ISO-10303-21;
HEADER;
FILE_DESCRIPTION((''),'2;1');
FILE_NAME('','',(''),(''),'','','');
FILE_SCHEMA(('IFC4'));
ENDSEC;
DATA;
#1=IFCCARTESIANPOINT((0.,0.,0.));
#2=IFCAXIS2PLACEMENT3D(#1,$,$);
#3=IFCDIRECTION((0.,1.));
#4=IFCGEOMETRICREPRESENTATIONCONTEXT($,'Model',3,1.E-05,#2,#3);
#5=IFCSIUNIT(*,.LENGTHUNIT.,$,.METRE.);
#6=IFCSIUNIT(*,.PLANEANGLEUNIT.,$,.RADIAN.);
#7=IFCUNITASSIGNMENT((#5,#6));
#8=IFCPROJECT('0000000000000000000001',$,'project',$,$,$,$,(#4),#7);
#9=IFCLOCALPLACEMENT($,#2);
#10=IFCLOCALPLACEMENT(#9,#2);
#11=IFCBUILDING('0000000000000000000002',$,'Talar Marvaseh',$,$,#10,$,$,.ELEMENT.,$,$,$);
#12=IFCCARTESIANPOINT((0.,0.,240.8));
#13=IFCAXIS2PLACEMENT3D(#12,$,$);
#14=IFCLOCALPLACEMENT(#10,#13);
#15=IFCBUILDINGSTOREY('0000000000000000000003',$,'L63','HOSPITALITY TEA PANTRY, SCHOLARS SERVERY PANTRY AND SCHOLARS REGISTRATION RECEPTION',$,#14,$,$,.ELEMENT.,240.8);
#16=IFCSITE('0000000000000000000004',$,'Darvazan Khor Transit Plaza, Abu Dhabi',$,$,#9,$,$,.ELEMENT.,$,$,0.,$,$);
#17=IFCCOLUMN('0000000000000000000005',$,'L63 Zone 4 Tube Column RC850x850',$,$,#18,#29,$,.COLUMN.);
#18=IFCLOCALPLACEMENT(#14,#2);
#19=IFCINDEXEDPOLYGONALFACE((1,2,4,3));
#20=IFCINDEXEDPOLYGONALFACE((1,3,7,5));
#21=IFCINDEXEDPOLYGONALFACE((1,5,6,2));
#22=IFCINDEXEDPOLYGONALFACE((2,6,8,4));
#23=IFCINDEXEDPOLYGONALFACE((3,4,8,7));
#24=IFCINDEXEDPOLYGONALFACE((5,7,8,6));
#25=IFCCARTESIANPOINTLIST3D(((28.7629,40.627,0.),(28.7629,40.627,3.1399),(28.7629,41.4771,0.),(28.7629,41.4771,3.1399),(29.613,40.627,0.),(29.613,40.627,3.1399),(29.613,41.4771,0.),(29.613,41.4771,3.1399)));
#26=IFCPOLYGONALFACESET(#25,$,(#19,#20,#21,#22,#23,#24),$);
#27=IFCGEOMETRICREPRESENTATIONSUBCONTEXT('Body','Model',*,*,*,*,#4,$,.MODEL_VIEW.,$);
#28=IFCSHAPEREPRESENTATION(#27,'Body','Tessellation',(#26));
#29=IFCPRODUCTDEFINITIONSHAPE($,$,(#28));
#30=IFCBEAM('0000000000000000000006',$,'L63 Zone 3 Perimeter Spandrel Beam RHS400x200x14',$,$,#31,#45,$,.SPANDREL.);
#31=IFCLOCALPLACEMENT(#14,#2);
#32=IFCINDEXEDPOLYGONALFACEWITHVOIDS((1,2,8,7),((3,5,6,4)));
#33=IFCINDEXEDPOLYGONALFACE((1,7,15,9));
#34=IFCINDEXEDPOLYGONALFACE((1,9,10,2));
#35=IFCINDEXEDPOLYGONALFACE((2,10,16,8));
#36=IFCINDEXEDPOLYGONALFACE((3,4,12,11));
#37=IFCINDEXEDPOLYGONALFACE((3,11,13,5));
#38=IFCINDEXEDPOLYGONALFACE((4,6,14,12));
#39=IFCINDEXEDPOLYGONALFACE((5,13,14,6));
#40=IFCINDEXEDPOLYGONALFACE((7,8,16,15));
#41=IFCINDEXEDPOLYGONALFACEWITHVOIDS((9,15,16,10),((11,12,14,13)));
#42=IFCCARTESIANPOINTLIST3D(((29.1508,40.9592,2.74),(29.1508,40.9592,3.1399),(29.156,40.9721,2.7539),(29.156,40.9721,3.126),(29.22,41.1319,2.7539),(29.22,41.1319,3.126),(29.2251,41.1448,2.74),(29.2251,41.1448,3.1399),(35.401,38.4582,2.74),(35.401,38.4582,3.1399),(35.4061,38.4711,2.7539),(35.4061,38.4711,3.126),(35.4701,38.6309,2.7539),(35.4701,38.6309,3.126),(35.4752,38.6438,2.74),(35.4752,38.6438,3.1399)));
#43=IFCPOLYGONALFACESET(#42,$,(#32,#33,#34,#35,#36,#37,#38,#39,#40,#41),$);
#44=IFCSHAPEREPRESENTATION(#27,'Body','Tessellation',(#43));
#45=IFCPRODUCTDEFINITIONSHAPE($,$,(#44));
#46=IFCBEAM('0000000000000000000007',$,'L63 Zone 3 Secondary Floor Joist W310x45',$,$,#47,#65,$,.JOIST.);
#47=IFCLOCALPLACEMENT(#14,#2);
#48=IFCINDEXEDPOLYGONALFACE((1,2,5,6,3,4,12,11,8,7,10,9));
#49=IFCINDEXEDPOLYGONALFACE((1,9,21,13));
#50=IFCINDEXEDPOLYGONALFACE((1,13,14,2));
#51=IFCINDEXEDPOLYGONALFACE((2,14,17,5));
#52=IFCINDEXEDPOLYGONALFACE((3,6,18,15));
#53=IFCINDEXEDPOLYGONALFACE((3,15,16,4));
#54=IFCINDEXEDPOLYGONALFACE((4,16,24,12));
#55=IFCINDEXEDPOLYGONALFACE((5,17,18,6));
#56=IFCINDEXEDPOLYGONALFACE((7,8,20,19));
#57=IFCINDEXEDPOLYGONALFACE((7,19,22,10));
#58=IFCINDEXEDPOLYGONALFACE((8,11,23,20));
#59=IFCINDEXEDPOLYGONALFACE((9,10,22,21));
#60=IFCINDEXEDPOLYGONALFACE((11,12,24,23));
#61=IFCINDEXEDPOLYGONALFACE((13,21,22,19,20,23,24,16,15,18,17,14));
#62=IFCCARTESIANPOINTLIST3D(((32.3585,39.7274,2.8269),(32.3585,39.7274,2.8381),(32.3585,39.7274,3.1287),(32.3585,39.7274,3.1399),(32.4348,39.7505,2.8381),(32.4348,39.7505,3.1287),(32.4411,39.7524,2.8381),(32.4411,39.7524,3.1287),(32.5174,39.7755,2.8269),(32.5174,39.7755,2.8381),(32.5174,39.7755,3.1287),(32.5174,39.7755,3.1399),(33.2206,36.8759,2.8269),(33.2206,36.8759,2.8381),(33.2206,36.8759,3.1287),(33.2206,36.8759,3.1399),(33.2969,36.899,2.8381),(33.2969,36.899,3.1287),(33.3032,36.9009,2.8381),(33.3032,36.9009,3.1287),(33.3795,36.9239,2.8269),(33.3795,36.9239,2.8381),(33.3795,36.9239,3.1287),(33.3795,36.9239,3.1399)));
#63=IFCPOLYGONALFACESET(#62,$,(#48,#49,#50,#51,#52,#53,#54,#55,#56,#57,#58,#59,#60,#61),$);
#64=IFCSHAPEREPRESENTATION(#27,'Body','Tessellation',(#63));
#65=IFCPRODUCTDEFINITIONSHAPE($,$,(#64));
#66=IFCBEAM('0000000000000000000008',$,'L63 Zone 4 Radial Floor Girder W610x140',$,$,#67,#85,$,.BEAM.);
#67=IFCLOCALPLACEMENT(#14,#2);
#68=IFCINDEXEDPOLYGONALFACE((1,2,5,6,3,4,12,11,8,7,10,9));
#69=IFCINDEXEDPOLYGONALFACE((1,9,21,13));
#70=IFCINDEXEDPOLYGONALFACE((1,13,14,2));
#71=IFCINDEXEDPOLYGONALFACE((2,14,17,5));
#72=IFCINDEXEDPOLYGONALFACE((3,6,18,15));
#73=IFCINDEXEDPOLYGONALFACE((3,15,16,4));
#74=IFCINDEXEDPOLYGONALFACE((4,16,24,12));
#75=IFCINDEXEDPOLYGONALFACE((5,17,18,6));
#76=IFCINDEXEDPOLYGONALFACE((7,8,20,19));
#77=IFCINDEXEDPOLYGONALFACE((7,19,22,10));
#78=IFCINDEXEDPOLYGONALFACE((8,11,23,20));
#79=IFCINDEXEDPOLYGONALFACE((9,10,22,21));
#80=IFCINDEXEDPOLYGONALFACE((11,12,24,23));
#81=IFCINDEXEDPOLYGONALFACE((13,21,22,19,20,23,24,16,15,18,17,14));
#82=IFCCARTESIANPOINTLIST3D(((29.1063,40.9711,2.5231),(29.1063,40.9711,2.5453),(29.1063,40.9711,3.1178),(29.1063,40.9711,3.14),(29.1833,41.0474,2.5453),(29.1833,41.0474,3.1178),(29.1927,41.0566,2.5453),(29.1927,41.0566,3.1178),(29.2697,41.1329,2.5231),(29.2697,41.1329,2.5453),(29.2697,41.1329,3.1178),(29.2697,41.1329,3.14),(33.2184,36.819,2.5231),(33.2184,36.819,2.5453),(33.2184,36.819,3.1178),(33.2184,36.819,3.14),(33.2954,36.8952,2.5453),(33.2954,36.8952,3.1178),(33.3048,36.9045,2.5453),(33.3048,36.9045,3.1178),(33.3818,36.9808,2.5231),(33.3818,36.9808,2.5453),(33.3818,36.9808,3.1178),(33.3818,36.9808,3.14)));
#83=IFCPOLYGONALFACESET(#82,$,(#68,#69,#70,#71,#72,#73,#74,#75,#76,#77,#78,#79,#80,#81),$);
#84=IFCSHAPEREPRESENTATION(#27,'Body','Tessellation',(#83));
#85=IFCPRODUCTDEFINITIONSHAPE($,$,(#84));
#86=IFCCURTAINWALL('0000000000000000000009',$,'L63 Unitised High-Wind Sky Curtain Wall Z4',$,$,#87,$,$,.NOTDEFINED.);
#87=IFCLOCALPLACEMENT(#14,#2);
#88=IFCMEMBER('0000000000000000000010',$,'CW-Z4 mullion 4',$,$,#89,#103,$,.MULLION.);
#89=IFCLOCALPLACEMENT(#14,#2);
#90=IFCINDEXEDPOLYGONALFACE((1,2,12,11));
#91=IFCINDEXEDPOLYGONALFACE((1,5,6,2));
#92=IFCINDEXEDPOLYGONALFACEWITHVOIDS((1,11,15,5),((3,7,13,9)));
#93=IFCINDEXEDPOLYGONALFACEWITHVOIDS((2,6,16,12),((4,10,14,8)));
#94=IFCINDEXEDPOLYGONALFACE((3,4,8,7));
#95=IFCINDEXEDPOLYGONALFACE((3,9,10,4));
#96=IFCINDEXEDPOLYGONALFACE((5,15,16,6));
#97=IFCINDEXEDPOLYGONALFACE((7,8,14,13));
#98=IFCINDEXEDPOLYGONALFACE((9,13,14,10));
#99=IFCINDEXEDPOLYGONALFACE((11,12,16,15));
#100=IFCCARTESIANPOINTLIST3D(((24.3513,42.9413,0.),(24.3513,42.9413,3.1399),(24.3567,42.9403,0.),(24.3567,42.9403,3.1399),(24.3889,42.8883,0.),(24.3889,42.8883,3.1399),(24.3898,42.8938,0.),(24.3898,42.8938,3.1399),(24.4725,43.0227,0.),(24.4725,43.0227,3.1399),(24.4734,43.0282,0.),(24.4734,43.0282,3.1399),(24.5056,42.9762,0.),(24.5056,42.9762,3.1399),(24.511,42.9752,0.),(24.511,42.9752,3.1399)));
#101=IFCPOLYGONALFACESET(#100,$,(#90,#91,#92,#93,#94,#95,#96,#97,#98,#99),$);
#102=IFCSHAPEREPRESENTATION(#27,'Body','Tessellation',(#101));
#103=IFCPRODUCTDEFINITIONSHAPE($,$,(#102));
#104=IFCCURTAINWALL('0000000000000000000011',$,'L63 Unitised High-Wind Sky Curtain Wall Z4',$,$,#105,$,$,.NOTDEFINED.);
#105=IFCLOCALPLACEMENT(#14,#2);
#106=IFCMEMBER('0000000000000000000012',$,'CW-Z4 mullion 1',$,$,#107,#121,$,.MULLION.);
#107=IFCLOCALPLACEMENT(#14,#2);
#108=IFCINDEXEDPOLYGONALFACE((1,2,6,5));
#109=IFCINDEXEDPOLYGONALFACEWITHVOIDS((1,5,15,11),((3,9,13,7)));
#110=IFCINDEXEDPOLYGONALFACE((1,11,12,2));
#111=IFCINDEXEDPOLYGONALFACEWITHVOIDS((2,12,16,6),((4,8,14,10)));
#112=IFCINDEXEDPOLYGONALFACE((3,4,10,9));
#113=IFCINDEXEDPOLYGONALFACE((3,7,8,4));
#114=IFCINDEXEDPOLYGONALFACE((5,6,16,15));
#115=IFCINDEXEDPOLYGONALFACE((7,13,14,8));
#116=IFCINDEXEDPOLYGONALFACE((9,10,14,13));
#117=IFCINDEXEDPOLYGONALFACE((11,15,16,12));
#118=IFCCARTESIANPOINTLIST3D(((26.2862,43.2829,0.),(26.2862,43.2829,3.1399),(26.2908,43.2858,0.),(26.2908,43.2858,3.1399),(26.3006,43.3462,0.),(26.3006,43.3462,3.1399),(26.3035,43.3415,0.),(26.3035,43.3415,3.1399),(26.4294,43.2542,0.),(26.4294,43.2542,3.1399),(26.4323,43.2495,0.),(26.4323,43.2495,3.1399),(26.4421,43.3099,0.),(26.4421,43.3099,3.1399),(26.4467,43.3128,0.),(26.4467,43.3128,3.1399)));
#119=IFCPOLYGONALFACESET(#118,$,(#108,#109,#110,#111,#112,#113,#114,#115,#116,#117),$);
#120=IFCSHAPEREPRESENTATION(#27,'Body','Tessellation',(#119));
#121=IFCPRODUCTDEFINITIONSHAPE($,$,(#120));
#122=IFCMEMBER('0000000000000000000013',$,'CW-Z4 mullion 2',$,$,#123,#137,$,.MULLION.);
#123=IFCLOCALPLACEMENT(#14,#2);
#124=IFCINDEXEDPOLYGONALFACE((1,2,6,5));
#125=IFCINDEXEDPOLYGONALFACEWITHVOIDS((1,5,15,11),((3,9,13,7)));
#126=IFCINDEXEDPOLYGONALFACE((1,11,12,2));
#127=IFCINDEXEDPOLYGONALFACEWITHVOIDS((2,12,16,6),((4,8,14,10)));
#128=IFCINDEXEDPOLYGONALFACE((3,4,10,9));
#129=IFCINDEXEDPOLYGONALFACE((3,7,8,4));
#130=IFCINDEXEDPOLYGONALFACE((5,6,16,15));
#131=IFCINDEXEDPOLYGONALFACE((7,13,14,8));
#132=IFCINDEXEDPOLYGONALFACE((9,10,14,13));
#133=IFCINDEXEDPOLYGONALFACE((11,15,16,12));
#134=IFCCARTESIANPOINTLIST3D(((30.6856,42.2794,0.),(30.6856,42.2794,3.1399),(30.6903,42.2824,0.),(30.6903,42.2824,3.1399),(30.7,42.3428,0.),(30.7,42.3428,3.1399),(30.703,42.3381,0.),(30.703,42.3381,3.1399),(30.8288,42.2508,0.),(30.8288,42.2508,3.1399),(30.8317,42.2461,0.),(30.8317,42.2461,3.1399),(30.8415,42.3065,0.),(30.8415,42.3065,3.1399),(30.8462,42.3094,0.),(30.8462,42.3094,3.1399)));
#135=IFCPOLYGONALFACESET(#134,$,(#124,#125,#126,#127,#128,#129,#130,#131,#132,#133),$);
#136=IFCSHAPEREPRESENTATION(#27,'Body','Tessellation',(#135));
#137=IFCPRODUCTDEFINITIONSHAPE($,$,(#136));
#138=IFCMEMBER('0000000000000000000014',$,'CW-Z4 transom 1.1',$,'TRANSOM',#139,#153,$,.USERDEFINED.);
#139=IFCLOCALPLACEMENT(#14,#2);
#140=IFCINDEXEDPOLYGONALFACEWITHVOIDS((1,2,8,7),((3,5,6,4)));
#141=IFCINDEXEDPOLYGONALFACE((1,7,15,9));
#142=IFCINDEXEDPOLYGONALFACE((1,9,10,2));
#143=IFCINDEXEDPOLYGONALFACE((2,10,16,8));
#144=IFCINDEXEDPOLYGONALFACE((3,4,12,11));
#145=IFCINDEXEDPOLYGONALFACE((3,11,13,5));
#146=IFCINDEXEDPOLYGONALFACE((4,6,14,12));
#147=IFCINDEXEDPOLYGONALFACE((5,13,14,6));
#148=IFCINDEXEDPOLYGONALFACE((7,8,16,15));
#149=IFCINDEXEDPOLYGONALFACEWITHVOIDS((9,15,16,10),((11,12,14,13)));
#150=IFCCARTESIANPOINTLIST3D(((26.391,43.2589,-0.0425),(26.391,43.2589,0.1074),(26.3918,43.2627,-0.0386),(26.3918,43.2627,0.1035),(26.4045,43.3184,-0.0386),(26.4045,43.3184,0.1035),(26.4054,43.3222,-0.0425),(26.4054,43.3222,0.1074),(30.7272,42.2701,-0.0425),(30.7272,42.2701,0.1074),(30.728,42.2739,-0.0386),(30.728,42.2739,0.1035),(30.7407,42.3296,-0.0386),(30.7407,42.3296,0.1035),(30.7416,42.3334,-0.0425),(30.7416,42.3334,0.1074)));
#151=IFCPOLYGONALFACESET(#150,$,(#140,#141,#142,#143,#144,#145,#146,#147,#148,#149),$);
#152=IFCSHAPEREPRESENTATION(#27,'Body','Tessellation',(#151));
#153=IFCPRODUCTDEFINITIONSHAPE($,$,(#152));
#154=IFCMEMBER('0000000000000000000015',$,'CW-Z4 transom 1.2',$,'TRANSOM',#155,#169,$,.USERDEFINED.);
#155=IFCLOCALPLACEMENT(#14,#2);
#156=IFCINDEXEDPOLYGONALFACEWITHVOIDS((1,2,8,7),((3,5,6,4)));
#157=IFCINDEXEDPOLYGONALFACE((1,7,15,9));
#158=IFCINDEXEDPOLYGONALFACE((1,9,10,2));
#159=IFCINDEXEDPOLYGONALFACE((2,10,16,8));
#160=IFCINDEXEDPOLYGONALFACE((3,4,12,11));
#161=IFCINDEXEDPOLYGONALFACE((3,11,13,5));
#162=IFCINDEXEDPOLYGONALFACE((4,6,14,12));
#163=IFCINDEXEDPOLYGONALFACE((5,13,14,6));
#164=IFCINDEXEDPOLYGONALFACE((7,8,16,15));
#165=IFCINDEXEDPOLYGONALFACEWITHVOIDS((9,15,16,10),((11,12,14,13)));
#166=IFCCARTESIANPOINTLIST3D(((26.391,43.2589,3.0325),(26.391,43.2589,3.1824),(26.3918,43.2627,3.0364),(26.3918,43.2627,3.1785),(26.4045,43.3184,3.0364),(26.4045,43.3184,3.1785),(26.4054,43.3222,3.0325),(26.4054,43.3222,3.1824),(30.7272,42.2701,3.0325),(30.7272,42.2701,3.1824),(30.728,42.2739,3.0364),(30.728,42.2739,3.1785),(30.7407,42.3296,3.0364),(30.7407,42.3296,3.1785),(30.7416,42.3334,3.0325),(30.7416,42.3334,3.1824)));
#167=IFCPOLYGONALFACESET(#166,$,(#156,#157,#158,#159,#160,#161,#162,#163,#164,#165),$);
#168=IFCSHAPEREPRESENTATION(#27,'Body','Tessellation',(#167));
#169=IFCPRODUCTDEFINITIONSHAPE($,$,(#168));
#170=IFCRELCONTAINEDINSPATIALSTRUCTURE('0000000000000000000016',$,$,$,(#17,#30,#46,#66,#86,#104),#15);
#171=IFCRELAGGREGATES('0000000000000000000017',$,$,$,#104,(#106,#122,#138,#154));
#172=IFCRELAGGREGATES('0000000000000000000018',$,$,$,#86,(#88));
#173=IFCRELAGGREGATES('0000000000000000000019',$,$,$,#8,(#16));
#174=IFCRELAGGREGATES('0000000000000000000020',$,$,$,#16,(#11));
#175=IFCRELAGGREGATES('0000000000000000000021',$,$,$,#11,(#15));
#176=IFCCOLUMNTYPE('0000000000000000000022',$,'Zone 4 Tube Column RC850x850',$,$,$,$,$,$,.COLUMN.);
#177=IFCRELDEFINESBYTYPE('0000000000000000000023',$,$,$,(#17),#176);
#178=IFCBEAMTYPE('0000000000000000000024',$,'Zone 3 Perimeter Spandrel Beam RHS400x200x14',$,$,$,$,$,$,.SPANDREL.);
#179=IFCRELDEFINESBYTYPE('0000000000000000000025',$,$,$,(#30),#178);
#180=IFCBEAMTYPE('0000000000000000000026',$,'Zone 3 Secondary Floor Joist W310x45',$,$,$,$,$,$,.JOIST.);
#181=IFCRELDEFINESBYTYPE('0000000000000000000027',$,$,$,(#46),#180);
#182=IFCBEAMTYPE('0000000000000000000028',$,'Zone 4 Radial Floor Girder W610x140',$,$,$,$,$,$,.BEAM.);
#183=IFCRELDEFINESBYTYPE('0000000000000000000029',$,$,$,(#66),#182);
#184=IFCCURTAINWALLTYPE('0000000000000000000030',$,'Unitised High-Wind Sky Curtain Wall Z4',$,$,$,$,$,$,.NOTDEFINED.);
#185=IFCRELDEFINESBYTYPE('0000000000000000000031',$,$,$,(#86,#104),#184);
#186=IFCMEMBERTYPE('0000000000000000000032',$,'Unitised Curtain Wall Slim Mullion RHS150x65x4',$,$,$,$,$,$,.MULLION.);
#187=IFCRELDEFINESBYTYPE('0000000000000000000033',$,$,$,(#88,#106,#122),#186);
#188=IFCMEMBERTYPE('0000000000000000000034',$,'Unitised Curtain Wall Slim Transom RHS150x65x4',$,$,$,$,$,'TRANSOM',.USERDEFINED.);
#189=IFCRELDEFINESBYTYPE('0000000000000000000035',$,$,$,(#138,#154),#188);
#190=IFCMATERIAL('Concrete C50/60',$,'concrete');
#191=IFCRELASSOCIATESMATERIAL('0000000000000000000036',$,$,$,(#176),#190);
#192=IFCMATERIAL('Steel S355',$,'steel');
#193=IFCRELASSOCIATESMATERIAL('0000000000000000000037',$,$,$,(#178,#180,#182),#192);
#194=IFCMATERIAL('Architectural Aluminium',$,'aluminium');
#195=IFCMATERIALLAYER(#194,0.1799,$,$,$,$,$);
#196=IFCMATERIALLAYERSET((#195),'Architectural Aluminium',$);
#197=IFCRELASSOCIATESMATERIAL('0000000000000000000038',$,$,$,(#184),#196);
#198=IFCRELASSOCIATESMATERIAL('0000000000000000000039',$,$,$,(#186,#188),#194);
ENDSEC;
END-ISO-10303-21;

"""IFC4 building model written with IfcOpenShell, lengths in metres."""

from ifc_helpers import new_model, si_unit, direction, frame, origin, origin_2d, place, context, subcontext, project, spatial, rectangle, hollow_rectangle, i_section, extrude, source, transform, mapped, material, layer, layer_set, material_profile, profile_set, type_object, type_shapes, element, aggregate, save


model = new_model("IFC4")

# Units and contexts
model_context = context("Model", 3, precision=1e-05, world=origin(), true_north=direction((0.0, 1.0)))
body_context = subcontext(model_context, "Body", "Model", "MODEL_VIEW")
ifc_project = project(units=[si_unit("LENGTHUNIT", "METRE"), si_unit("PLANEANGLEUNIT", "RADIAN")], contexts=[model_context])

# Site, building, storey
site_placement = place(None, origin())
site = spatial("IfcSite", under=ifc_project, at=site_placement, Name="Darvazan Khor Transit Plaza, Abu Dhabi", CompositionType="ELEMENT", RefElevation=0.0)
building_placement = place(site_placement, origin())
building = spatial("IfcBuilding", under=site, at=building_placement, Name="Talar Marvaseh", CompositionType="ELEMENT")
storey_placement = place(building_placement, frame((0.0, 0.0, 240.8)))
storey = spatial("IfcBuildingStorey", under=building, at=storey_placement, Name="L63", Description="HOSPITALITY TEA PANTRY, SCHOLARS SERVERY PANTRY AND SCHOLARS REGISTRATION RECEPTION", CompositionType="ELEMENT", Elevation=240.8)

# Column
ifc_material_1 = material(Name="Concrete C50/60", Category="concrete")
ifc_material_profile_1 = material_profile(ifc_material_1, rectangle(XDim=0.8501, YDim=0.8501, at=origin_2d()), Name="RC850x850")
ifc_profile_set_1 = profile_set([ifc_material_profile_1], Name="Concrete C50/60")
column_type = type_object("IfcColumnType", Name="Zone 4 Tube Column RC850x850", PredefinedType="COLUMN", material=ifc_profile_set_1)
column_placement = place(storey_placement, frame((29.188, 41.052, 0.0), z_axis=(0.0, 0.0, 1.0), x_axis=(1.0, 0.0, 0.0)))
element("IfcColumn", 1, at=column_placement, inside=storey, type_object=column_type, Name="L63 Zone 4 Tube Column RC850x850", PredefinedType="COLUMN", context=body_context, shape_type="SweptSolid", body=[
    extrude(rectangle(XDim=0.8501, YDim=0.8501, at=origin_2d()), origin(), (0.0, 0.0, 1.0), 3.1399),
])

# Beams
ifc_material_2 = material(Name="Steel S355", Category="steel")
ifc_material_profile_2 = material_profile(ifc_material_2, hollow_rectangle(XDim=0.2, YDim=0.3999, WallThickness=0.0139, at=origin_2d()), Name="RHS400x200x14")
ifc_profile_set_2 = profile_set([ifc_material_profile_2], Name="Steel S355")
beam_type_1 = type_object("IfcBeamType", Name="Zone 3 Perimeter Spandrel Beam RHS400x200x14", PredefinedType="SPANDREL", material=ifc_profile_set_2)
beam_1_placement = place(storey_placement, frame((29.188, 41.052, 2.9399), z_axis=(0.928427, -0.371516, 0.0), x_axis=(0.371516, 0.928427, 0.0)))
element("IfcBeam", 2, at=beam_1_placement, inside=storey, type_object=beam_type_1, Name="L63 Zone 3 Perimeter Spandrel Beam RHS400x200x14", PredefinedType="SPANDREL", context=body_context, shape_type="SweptSolid", body=[
    extrude(hollow_rectangle(XDim=0.2, YDim=0.3999, WallThickness=0.0139, at=origin_2d()), origin(), (0.0, 0.0, 1.0), 6.7319),
])
ifc_material_profile_3 = material_profile(ifc_material_2, i_section(OverallWidth=0.166, OverallDepth=0.313, WebThickness=0.0066, FlangeThickness=0.0112, at=origin_2d()), Name="W310x45")
ifc_profile_set_3 = profile_set([ifc_material_profile_3], Name="Steel S355")
beam_type_2 = type_object("IfcBeamType", Name="Zone 3 Secondary Floor Joist W310x45", PredefinedType="JOIST", material=ifc_profile_set_3)
beam_2_placement = place(storey_placement, frame((32.438, 39.7515, 2.9834), z_axis=(0.289377, -0.957215, 0.0), x_axis=(0.957215, 0.289377, 0.0)))
element("IfcBeam", 3, at=beam_2_placement, inside=storey, type_object=beam_type_2, Name="L63 Zone 3 Secondary Floor Joist W310x45", PredefinedType="JOIST", context=body_context, shape_type="SweptSolid", body=[
    extrude(i_section(OverallWidth=0.166, OverallDepth=0.313, WebThickness=0.0066, FlangeThickness=0.0112, at=origin_2d()), origin(), (0.0, 0.0, 1.0), 2.979),
])
ifc_material_profile_4 = material_profile(ifc_material_2, i_section(OverallWidth=0.23, OverallDepth=0.6169, WebThickness=0.0132, FlangeThickness=0.0222, at=origin_2d()), Name="W610x140")
ifc_profile_set_4 = profile_set([ifc_material_profile_4], Name="Steel S355")
beam_type_3 = type_object("IfcBeamType", Name="Zone 4 Radial Floor Girder W610x140", PredefinedType="BEAM", material=ifc_profile_set_4)
beam_3_placement = place(storey_placement, frame((29.188, 41.052, 2.8315), z_axis=(0.703673, -0.710524, 0.0), x_axis=(0.710524, 0.703673, 0.0)))
element("IfcBeam", 4, at=beam_3_placement, inside=storey, type_object=beam_type_3, Name="L63 Zone 4 Radial Floor Girder W610x140", PredefinedType="BEAM", context=body_context, shape_type="SweptSolid", body=[
    extrude(i_section(OverallWidth=0.23, OverallDepth=0.6169, WebThickness=0.0132, FlangeThickness=0.0222, at=origin_2d()), origin(), (0.0, 0.0, 1.0), 5.8438),
])

# Curtain wall, member
ifc_material_3 = material(Name="Architectural Aluminium", Category="aluminium")
ifc_layer_1 = layer(ifc_material_3, 0.1799)
ifc_layer_set_1 = layer_set([ifc_layer_1], Name="Architectural Aluminium")
curtain_wall_type = type_object("IfcCurtainWallType", Name="Unitised High-Wind Sky Curtain Wall Z4", PredefinedType="NOTDEFINED", material=ifc_layer_set_1)
curtain_wall_1_placement = place(storey_placement, origin())
curtain_wall_1 = element("IfcCurtainWall", 5, at=curtain_wall_1_placement, inside=storey, type_object=curtain_wall_type, Name="L63 Unitised High-Wind Sky Curtain Wall Z4", PredefinedType="NOTDEFINED")
ifc_material_profile_5 = material_profile(ifc_material_3, hollow_rectangle(XDim=0.0649, YDim=0.1499, WallThickness=0.0039, at=origin_2d()), Name="RHS150x65x4")
ifc_profile_set_5 = profile_set([ifc_material_profile_5], Name="Architectural Aluminium")
member_type_1 = type_object("IfcMemberType", Name="Unitised Curtain Wall Slim Mullion RHS150x65x4", PredefinedType="MULLION", material=ifc_profile_set_5)
shared_shape_1 = source(origin(), body_context, "Body", "SweptSolid", [
    extrude(hollow_rectangle(XDim=0.0649, YDim=0.1499, WallThickness=0.0039, at=origin_2d()), origin(), (0.0, 0.0, 1.0), 3.1399),
])
type_shapes(member_type_1, [shared_shape_1])
member_1_placement = place(storey_placement, frame((24.4312, 42.9583, 0.0), z_axis=(0.0, 0.0, 1.0), x_axis=(-0.579742, 0.8148, 0.0)))
member_1 = element("IfcMember", 6, at=member_1_placement, type_object=member_type_1, Name="CW-Z4 mullion 4", PredefinedType="MULLION", context=body_context, shape_type="MappedRepresentation", body=[
    mapped(shared_shape_1, transform((0.0, 0.0, 0.0), x_axis=(1.0, 0.0, 0.0), y_axis=(0.0, 1.0, 0.0), z_axis=(0.0, 0.0, 1.0), scale=1.0)),
])

# Curtain wall, members
curtain_wall_2_placement = place(storey_placement, origin())
curtain_wall_2 = element("IfcCurtainWall", 7, at=curtain_wall_2_placement, inside=storey, type_object=curtain_wall_type, Name="L63 Unitised High-Wind Sky Curtain Wall Z4", PredefinedType="NOTDEFINED")
member_2_placement = place(storey_placement, frame((26.3665, 43.2979, 0.0), z_axis=(0.0, 0.0, 1.0), x_axis=(0.222336, 0.97497, 0.0)))
member_2 = element("IfcMember", 8, at=member_2_placement, type_object=member_type_1, Name="CW-Z4 mullion 1", PredefinedType="MULLION", context=body_context, shape_type="MappedRepresentation", body=[
    mapped(shared_shape_1, transform((0.0, 0.0, 0.0), x_axis=(1.0, 0.0, 0.0), y_axis=(0.0, 1.0, 0.0), z_axis=(0.0, 0.0, 1.0), scale=1.0)),
])
member_3_placement = place(storey_placement, frame((30.7659, 42.2944, 0.0), z_axis=(0.0, 0.0, 1.0), x_axis=(0.222336, 0.97497, 0.0)))
member_3 = element("IfcMember", 9, at=member_3_placement, type_object=member_type_1, Name="CW-Z4 mullion 2", PredefinedType="MULLION", context=body_context, shape_type="MappedRepresentation", body=[
    mapped(shared_shape_1, transform((0.0, 0.0, 0.0), x_axis=(1.0, 0.0, 0.0), y_axis=(0.0, 1.0, 0.0), z_axis=(0.0, 0.0, 1.0), scale=1.0)),
])
ifc_material_profile_6 = material_profile(ifc_material_3, hollow_rectangle(XDim=0.0649, YDim=0.1499, WallThickness=0.0039, at=origin_2d()), Name="RHS150x65x4")
ifc_profile_set_6 = profile_set([ifc_material_profile_6], Name="Architectural Aluminium")
member_type_2 = type_object("IfcMemberType", Name="Unitised Curtain Wall Slim Transom RHS150x65x4", ElementType="TRANSOM", PredefinedType="USERDEFINED", material=ifc_profile_set_6)
shared_shape_2 = source(origin(), body_context, "Body", "SweptSolid", [
    extrude(hollow_rectangle(XDim=0.0649, YDim=0.1499, WallThickness=0.0039, at=origin_2d()), origin(), (0.0, 0.0, 1.0), 4.4475),
])
member_4_placement = place(storey_placement, frame((26.3982, 43.2905, 0.0325), z_axis=(0.974974, -0.222321, 0.0), x_axis=(0.222321, 0.974974, 0.0)))
member_4 = element("IfcMember", 10, at=member_4_placement, type_object=member_type_2, Name="CW-Z4 transom 1.1", ObjectType="TRANSOM", PredefinedType="USERDEFINED", context=body_context, shape_type="MappedRepresentation", body=[
    mapped(shared_shape_2, transform((0.0, 0.0, 0.0), x_axis=(1.0, 0.0, 0.0), y_axis=(0.0, 1.0, 0.0), z_axis=(0.0, 0.0, 1.0), scale=1.0)),
])
member_5_placement = place(storey_placement, frame((26.3982, 43.2905, 3.1074), z_axis=(0.974974, -0.222321, 0.0), x_axis=(0.222321, 0.974974, 0.0)))
member_5 = element("IfcMember", 11, at=member_5_placement, type_object=member_type_2, Name="CW-Z4 transom 1.2", ObjectType="TRANSOM", PredefinedType="USERDEFINED", context=body_context, shape_type="MappedRepresentation", body=[
    mapped(shared_shape_2, transform((0.0, 0.0, 0.0), x_axis=(1.0, 0.0, 0.0), y_axis=(0.0, 1.0, 0.0), z_axis=(0.0, 0.0, 1.0), scale=1.0)),
])
aggregate(curtain_wall_2, [member_2, member_3, member_4, member_5])

aggregate(curtain_wall_1, [member_1])

save(model, "model.ifc")
